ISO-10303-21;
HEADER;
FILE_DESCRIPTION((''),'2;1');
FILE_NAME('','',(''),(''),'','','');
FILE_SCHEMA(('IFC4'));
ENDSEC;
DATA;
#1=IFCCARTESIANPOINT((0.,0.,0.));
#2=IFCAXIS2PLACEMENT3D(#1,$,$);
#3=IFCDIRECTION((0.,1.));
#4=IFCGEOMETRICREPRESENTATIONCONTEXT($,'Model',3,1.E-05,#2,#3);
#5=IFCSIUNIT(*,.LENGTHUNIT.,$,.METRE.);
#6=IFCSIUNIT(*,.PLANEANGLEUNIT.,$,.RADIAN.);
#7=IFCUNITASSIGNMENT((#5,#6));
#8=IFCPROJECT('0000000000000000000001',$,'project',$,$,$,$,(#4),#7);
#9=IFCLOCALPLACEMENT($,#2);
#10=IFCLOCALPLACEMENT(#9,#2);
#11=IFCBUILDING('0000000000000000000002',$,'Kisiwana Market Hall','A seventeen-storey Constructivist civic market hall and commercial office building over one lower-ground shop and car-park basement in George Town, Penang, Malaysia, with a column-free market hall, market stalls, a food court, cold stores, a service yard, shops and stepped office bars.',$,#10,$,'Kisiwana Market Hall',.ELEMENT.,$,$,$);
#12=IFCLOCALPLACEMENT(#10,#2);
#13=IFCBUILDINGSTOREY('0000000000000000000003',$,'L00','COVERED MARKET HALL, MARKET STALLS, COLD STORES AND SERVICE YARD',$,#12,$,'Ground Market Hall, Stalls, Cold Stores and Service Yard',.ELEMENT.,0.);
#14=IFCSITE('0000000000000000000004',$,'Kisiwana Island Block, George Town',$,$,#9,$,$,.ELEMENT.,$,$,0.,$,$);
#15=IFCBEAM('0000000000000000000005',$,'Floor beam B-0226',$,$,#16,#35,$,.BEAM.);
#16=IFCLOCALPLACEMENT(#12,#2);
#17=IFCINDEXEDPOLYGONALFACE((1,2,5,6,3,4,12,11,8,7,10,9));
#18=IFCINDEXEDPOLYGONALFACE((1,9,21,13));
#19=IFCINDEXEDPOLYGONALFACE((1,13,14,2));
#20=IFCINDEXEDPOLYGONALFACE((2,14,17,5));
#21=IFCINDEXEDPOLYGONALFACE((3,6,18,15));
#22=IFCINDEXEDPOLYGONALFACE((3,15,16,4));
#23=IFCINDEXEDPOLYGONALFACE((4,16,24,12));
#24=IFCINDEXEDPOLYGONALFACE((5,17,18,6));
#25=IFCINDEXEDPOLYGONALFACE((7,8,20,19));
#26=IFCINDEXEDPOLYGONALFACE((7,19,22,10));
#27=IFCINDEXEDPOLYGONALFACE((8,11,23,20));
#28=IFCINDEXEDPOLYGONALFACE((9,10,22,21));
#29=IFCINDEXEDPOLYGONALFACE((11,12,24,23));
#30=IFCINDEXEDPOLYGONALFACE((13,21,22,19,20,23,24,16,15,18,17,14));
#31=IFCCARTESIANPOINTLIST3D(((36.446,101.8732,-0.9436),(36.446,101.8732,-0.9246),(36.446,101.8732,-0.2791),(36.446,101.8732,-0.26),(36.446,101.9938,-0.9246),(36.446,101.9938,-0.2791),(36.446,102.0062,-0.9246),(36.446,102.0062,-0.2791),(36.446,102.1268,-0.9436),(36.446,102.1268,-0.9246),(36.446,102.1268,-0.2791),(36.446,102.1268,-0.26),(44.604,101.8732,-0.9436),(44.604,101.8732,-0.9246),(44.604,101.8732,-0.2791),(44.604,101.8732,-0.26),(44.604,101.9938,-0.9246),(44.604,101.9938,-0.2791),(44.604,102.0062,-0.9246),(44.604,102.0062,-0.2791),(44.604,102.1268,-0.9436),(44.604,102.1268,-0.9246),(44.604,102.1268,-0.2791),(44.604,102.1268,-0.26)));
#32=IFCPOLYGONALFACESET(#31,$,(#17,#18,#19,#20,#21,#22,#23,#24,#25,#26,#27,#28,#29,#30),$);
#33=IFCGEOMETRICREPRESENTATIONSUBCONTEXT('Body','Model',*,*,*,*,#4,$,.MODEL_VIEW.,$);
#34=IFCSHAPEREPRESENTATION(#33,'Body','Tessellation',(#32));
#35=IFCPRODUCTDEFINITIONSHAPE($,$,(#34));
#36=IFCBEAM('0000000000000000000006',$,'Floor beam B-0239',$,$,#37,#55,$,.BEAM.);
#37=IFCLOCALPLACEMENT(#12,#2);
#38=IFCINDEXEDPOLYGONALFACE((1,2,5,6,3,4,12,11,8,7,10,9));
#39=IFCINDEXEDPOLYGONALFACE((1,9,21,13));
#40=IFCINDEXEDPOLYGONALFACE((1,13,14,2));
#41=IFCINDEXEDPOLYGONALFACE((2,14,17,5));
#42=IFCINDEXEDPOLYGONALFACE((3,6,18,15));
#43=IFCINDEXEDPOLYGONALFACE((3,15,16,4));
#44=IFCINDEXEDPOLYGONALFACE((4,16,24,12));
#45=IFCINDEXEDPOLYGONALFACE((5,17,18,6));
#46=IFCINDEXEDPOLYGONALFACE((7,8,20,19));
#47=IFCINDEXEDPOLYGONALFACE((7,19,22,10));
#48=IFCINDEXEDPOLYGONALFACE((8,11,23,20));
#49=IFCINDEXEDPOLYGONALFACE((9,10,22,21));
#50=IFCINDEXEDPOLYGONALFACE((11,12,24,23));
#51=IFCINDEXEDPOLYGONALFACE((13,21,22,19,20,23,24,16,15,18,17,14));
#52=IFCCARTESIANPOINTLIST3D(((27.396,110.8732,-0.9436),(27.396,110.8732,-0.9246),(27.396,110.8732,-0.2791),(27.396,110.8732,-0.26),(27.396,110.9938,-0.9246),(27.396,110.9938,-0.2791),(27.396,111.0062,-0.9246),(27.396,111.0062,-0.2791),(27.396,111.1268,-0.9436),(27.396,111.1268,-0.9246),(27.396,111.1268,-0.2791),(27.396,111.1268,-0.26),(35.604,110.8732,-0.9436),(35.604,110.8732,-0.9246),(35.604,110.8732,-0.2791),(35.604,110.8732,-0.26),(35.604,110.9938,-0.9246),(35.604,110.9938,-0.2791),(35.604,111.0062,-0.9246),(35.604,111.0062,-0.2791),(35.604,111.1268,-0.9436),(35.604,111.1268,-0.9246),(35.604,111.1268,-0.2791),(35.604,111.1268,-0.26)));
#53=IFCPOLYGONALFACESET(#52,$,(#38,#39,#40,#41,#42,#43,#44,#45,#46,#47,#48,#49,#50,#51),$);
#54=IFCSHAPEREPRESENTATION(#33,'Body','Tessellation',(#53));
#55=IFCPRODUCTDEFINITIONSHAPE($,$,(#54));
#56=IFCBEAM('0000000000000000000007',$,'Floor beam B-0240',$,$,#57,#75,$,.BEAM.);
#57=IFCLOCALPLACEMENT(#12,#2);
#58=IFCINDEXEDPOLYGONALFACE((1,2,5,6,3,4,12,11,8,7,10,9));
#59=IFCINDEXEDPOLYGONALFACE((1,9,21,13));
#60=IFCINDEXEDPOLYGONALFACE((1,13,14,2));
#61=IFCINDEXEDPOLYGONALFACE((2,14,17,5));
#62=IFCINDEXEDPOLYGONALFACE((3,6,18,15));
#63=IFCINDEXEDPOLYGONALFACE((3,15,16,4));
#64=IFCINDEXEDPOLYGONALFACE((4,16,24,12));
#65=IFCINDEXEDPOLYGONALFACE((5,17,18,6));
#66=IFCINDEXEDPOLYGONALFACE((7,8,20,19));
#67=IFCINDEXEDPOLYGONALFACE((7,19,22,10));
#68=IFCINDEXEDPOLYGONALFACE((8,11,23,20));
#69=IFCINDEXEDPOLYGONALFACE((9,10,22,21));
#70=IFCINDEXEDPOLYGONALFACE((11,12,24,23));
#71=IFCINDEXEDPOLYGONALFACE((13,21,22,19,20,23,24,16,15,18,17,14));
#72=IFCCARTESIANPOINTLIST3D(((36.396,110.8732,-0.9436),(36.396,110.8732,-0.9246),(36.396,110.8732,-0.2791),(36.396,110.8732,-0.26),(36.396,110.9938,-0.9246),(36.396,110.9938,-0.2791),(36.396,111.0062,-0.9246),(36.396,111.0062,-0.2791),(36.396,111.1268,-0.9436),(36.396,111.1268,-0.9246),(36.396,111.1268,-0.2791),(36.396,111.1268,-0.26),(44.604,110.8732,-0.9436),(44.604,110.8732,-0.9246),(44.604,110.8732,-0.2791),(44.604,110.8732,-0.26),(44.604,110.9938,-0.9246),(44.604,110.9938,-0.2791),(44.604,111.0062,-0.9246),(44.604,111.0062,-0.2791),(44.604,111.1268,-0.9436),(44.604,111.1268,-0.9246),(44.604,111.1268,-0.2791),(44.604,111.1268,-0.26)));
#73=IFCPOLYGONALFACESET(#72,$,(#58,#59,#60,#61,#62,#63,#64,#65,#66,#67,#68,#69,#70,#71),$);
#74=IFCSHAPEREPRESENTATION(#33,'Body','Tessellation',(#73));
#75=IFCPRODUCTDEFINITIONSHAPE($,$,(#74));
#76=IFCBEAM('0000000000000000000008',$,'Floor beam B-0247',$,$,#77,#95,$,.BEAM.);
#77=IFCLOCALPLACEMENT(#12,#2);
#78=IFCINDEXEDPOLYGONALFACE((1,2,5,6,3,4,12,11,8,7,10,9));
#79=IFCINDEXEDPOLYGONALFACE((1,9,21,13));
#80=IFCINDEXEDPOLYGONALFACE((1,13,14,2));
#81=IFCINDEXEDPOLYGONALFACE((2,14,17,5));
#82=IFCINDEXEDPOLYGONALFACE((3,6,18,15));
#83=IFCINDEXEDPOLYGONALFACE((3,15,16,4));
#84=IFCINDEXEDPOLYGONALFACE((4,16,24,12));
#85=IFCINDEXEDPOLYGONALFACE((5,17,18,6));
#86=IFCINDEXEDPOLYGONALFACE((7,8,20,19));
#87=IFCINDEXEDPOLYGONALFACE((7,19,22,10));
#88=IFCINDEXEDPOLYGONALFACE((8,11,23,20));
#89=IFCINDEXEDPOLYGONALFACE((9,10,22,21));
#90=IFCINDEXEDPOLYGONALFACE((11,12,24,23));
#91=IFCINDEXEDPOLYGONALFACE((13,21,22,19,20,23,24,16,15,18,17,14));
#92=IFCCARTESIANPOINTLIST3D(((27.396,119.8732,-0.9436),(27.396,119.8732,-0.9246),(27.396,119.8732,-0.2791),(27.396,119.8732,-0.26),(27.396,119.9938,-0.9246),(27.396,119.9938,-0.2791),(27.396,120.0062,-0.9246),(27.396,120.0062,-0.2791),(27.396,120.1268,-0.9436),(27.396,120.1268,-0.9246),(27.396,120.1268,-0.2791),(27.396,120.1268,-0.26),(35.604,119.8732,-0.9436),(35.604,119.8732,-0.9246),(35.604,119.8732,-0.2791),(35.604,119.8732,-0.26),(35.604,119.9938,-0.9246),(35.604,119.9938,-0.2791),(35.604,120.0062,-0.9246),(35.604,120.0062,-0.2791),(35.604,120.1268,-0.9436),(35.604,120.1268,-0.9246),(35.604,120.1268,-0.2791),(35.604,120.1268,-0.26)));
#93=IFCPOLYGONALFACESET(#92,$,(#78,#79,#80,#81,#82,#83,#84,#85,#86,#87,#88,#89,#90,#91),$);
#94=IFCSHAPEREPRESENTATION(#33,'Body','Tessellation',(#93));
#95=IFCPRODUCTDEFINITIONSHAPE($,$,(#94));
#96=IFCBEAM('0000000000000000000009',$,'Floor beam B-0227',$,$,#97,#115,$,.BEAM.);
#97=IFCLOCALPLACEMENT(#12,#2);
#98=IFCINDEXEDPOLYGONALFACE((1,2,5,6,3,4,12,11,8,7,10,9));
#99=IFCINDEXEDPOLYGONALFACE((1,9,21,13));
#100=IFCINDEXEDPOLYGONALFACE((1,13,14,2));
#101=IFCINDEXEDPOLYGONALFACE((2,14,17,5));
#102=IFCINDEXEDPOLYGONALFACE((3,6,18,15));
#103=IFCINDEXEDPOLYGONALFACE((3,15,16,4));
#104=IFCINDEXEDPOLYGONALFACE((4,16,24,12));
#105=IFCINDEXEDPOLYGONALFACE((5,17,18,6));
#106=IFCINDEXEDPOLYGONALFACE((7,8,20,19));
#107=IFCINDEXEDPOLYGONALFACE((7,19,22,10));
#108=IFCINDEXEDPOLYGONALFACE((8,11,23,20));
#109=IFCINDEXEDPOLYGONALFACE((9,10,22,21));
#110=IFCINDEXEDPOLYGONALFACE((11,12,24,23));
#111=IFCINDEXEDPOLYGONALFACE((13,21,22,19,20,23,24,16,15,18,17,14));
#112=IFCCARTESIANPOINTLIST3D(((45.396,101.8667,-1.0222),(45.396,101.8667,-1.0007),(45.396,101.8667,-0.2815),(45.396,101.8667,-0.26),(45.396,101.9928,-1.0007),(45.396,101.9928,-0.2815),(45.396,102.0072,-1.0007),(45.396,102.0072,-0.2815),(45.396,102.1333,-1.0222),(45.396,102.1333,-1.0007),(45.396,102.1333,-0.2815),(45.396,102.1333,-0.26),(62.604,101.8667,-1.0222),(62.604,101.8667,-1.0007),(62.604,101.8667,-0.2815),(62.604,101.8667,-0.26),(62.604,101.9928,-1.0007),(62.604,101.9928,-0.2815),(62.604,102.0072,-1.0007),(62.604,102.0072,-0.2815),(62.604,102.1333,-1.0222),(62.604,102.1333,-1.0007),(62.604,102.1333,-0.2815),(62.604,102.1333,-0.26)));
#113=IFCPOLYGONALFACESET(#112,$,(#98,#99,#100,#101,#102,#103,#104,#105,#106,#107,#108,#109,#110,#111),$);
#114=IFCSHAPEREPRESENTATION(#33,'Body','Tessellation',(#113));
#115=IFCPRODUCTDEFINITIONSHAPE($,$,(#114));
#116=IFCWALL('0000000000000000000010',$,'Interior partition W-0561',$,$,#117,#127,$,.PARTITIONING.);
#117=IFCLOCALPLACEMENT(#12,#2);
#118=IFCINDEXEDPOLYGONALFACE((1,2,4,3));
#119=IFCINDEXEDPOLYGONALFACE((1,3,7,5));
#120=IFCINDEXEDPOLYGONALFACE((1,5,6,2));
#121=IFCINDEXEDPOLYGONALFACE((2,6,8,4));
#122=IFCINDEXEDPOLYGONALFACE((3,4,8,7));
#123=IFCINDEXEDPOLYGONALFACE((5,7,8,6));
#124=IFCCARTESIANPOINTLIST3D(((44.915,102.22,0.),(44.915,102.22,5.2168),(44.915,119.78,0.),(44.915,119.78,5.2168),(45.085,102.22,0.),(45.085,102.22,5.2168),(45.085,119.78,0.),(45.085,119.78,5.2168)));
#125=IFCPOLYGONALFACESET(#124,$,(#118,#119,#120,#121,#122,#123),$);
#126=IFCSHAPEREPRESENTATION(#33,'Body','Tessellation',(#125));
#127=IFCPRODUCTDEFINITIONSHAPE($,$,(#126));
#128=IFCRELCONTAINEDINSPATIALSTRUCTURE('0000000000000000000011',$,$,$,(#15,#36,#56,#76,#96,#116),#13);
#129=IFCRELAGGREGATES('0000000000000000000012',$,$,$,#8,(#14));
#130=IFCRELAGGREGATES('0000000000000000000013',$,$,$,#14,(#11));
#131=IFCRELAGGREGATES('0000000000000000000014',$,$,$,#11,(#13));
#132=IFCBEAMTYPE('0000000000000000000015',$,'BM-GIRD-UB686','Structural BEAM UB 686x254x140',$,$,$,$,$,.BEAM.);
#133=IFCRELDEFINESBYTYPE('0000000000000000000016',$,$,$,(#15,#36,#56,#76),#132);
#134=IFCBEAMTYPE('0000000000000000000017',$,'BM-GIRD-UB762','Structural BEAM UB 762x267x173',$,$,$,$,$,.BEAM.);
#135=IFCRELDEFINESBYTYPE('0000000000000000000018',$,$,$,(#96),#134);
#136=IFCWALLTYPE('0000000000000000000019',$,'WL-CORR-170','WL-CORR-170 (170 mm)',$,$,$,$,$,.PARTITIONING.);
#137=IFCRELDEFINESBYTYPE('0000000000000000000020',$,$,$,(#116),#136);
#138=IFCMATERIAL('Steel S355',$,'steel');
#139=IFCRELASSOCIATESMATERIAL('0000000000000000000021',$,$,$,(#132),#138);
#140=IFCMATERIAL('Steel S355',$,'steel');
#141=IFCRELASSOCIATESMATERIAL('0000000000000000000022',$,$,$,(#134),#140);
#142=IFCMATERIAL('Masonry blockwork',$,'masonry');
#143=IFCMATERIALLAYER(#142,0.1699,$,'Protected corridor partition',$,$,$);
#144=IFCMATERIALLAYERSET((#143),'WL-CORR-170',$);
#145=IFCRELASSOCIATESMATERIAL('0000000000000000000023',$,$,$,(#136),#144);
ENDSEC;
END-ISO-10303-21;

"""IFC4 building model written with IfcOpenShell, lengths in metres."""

from ifc_helpers import new_model, si_unit, direction, frame, frame_2d, origin, origin_2d, place, context, subcontext, project, spatial, rectangle, i_section, extrude, material, layer, layer_set, material_profile, profile_set, type_object, element, save


model = new_model("IFC4")

# Units and contexts
model_context = context("Model", 3, precision=1e-05, world=origin(), true_north=direction((0.0, 1.0)))
body_context = subcontext(model_context, "Body", "Model", "MODEL_VIEW")
ifc_project = project(units=[si_unit("LENGTHUNIT", "METRE"), si_unit("PLANEANGLEUNIT", "RADIAN")], contexts=[model_context])

# Site, building, storey
site_placement = place(None, origin())
site = spatial("IfcSite", under=ifc_project, at=site_placement, Name="Kisiwana Island Block, George Town", CompositionType="ELEMENT", RefElevation=0.0)
building_placement = place(site_placement, origin())
building = spatial("IfcBuilding", under=site, at=building_placement, Name="Kisiwana Market Hall", Description="A seventeen-storey Constructivist civic market hall and commercial office building over one lower-ground shop and car-park basement in George Town, Penang, Malaysia, with a column-free market hall, market stalls, a food court, cold stores, a service yard, shops and stepped office bars.", LongName="Kisiwana Market Hall", CompositionType="ELEMENT")
storey_placement = place(building_placement, origin())
storey = spatial("IfcBuildingStorey", under=building, at=storey_placement, Name="L00", Description="COVERED MARKET HALL, MARKET STALLS, COLD STORES AND SERVICE YARD", LongName="Ground Market Hall, Stalls, Cold Stores and Service Yard", CompositionType="ELEMENT", Elevation=0.0)

# Beams
ifc_material_1 = material(Name="Steel S355", Category="steel")
ifc_material_profile_1 = material_profile(ifc_material_1, i_section(OverallWidth=0.2537, OverallDepth=0.6836, WebThickness=0.0125, FlangeThickness=0.019, at=origin_2d()), Name="UB 686x254x140")
ifc_profile_set_1 = profile_set([ifc_material_profile_1], Name="Steel S355")
beam_type_1 = type_object("IfcBeamType", Name="BM-GIRD-UB686", Description="Structural BEAM UB 686x254x140", PredefinedType="BEAM", material=ifc_profile_set_1)
beam_1_placement = place(storey_placement, frame((36.446, 102.0, -0.6018), z_axis=(1.0, 0.0, 0.0), x_axis=(0.0, 1.0, 0.0)))
element("IfcBeam", 1, at=beam_1_placement, inside=storey, type_object=beam_type_1, Name="Floor beam B-0226", PredefinedType="BEAM", context=body_context, shape_type="SweptSolid", body=[
    extrude(i_section(OverallWidth=0.2537, OverallDepth=0.6836, WebThickness=0.0125, FlangeThickness=0.019, at=origin_2d()), origin(), (0.0, 0.0, 1.0), 8.158),
])
for number, where, z_axis, x_axis, name in (
    (2, (27.396, 111.0, -0.6018), (1.0, 0.0, 0.0), (0.0, 1.0, 0.0), "Floor beam B-0239"),
    (3, (36.396, 111.0, -0.6018), (1.0, 0.0, 0.0), (0.0, 1.0, 0.0), "Floor beam B-0240"),
    (4, (27.396, 120.0, -0.6018), (1.0, 0.0, 0.0), (0.0, 1.0, 0.0), "Floor beam B-0247"),
):
    element("IfcBeam", number, at=place(storey_placement, frame(where, z_axis=z_axis, x_axis=x_axis)), inside=storey, type_object=beam_type_1, Name=name, PredefinedType="BEAM", context=body_context, shape_type="SweptSolid", body=[
        extrude(i_section(OverallWidth=0.2537, OverallDepth=0.6836, WebThickness=0.0125, FlangeThickness=0.019, at=origin_2d()), origin(), (0.0, 0.0, 1.0), 8.208),
    ])
ifc_material_2 = material(Name="Steel S355", Category="steel")
ifc_material_profile_2 = material_profile(ifc_material_2, i_section(OverallWidth=0.2666, OverallDepth=0.7622, WebThickness=0.0144, FlangeThickness=0.0215, at=origin_2d()), Name="UB 762x267x173")
ifc_profile_set_2 = profile_set([ifc_material_profile_2], Name="Steel S355")
beam_type_2 = type_object("IfcBeamType", Name="BM-GIRD-UB762", Description="Structural BEAM UB 762x267x173", PredefinedType="BEAM", material=ifc_profile_set_2)
beam_2_placement = place(storey_placement, frame((45.396, 102.0, -0.6411), z_axis=(1.0, 0.0, 0.0), x_axis=(0.0, 1.0, 0.0)))
element("IfcBeam", 5, at=beam_2_placement, inside=storey, type_object=beam_type_2, Name="Floor beam B-0227", PredefinedType="BEAM", context=body_context, shape_type="SweptSolid", body=[
    extrude(i_section(OverallWidth=0.2666, OverallDepth=0.7622, WebThickness=0.0144, FlangeThickness=0.0215, at=origin_2d()), origin(), (0.0, 0.0, 1.0), 17.208),
])

# Wall
ifc_material_3 = material(Name="Masonry blockwork", Category="masonry")
ifc_layer_1 = layer(ifc_material_3, 0.1699, Name="Protected corridor partition")
ifc_layer_set_1 = layer_set([ifc_layer_1], Name="WL-CORR-170")
wall_type_1 = type_object("IfcWallType", Name="WL-CORR-170", Description="WL-CORR-170 (170 mm)", PredefinedType="PARTITIONING", material=ifc_layer_set_1)
wall_1_placement = place(storey_placement, frame((45.0, 102.22, 0.0), z_axis=(0.0, 0.0, 1.0), x_axis=(0.0, 1.0, 0.0)))
element("IfcWall", 6, at=wall_1_placement, inside=storey, type_object=wall_type_1, Name="Interior partition W-0561", PredefinedType="PARTITIONING", context=body_context, shape_type="SweptSolid", body=[
    extrude(rectangle(XDim=17.5601, YDim=0.1699, at=frame_2d((8.78, 0.0))), origin(), (0.0, 0.0, 1.0), 5.2168),
])

save(model, "model.ifc")
